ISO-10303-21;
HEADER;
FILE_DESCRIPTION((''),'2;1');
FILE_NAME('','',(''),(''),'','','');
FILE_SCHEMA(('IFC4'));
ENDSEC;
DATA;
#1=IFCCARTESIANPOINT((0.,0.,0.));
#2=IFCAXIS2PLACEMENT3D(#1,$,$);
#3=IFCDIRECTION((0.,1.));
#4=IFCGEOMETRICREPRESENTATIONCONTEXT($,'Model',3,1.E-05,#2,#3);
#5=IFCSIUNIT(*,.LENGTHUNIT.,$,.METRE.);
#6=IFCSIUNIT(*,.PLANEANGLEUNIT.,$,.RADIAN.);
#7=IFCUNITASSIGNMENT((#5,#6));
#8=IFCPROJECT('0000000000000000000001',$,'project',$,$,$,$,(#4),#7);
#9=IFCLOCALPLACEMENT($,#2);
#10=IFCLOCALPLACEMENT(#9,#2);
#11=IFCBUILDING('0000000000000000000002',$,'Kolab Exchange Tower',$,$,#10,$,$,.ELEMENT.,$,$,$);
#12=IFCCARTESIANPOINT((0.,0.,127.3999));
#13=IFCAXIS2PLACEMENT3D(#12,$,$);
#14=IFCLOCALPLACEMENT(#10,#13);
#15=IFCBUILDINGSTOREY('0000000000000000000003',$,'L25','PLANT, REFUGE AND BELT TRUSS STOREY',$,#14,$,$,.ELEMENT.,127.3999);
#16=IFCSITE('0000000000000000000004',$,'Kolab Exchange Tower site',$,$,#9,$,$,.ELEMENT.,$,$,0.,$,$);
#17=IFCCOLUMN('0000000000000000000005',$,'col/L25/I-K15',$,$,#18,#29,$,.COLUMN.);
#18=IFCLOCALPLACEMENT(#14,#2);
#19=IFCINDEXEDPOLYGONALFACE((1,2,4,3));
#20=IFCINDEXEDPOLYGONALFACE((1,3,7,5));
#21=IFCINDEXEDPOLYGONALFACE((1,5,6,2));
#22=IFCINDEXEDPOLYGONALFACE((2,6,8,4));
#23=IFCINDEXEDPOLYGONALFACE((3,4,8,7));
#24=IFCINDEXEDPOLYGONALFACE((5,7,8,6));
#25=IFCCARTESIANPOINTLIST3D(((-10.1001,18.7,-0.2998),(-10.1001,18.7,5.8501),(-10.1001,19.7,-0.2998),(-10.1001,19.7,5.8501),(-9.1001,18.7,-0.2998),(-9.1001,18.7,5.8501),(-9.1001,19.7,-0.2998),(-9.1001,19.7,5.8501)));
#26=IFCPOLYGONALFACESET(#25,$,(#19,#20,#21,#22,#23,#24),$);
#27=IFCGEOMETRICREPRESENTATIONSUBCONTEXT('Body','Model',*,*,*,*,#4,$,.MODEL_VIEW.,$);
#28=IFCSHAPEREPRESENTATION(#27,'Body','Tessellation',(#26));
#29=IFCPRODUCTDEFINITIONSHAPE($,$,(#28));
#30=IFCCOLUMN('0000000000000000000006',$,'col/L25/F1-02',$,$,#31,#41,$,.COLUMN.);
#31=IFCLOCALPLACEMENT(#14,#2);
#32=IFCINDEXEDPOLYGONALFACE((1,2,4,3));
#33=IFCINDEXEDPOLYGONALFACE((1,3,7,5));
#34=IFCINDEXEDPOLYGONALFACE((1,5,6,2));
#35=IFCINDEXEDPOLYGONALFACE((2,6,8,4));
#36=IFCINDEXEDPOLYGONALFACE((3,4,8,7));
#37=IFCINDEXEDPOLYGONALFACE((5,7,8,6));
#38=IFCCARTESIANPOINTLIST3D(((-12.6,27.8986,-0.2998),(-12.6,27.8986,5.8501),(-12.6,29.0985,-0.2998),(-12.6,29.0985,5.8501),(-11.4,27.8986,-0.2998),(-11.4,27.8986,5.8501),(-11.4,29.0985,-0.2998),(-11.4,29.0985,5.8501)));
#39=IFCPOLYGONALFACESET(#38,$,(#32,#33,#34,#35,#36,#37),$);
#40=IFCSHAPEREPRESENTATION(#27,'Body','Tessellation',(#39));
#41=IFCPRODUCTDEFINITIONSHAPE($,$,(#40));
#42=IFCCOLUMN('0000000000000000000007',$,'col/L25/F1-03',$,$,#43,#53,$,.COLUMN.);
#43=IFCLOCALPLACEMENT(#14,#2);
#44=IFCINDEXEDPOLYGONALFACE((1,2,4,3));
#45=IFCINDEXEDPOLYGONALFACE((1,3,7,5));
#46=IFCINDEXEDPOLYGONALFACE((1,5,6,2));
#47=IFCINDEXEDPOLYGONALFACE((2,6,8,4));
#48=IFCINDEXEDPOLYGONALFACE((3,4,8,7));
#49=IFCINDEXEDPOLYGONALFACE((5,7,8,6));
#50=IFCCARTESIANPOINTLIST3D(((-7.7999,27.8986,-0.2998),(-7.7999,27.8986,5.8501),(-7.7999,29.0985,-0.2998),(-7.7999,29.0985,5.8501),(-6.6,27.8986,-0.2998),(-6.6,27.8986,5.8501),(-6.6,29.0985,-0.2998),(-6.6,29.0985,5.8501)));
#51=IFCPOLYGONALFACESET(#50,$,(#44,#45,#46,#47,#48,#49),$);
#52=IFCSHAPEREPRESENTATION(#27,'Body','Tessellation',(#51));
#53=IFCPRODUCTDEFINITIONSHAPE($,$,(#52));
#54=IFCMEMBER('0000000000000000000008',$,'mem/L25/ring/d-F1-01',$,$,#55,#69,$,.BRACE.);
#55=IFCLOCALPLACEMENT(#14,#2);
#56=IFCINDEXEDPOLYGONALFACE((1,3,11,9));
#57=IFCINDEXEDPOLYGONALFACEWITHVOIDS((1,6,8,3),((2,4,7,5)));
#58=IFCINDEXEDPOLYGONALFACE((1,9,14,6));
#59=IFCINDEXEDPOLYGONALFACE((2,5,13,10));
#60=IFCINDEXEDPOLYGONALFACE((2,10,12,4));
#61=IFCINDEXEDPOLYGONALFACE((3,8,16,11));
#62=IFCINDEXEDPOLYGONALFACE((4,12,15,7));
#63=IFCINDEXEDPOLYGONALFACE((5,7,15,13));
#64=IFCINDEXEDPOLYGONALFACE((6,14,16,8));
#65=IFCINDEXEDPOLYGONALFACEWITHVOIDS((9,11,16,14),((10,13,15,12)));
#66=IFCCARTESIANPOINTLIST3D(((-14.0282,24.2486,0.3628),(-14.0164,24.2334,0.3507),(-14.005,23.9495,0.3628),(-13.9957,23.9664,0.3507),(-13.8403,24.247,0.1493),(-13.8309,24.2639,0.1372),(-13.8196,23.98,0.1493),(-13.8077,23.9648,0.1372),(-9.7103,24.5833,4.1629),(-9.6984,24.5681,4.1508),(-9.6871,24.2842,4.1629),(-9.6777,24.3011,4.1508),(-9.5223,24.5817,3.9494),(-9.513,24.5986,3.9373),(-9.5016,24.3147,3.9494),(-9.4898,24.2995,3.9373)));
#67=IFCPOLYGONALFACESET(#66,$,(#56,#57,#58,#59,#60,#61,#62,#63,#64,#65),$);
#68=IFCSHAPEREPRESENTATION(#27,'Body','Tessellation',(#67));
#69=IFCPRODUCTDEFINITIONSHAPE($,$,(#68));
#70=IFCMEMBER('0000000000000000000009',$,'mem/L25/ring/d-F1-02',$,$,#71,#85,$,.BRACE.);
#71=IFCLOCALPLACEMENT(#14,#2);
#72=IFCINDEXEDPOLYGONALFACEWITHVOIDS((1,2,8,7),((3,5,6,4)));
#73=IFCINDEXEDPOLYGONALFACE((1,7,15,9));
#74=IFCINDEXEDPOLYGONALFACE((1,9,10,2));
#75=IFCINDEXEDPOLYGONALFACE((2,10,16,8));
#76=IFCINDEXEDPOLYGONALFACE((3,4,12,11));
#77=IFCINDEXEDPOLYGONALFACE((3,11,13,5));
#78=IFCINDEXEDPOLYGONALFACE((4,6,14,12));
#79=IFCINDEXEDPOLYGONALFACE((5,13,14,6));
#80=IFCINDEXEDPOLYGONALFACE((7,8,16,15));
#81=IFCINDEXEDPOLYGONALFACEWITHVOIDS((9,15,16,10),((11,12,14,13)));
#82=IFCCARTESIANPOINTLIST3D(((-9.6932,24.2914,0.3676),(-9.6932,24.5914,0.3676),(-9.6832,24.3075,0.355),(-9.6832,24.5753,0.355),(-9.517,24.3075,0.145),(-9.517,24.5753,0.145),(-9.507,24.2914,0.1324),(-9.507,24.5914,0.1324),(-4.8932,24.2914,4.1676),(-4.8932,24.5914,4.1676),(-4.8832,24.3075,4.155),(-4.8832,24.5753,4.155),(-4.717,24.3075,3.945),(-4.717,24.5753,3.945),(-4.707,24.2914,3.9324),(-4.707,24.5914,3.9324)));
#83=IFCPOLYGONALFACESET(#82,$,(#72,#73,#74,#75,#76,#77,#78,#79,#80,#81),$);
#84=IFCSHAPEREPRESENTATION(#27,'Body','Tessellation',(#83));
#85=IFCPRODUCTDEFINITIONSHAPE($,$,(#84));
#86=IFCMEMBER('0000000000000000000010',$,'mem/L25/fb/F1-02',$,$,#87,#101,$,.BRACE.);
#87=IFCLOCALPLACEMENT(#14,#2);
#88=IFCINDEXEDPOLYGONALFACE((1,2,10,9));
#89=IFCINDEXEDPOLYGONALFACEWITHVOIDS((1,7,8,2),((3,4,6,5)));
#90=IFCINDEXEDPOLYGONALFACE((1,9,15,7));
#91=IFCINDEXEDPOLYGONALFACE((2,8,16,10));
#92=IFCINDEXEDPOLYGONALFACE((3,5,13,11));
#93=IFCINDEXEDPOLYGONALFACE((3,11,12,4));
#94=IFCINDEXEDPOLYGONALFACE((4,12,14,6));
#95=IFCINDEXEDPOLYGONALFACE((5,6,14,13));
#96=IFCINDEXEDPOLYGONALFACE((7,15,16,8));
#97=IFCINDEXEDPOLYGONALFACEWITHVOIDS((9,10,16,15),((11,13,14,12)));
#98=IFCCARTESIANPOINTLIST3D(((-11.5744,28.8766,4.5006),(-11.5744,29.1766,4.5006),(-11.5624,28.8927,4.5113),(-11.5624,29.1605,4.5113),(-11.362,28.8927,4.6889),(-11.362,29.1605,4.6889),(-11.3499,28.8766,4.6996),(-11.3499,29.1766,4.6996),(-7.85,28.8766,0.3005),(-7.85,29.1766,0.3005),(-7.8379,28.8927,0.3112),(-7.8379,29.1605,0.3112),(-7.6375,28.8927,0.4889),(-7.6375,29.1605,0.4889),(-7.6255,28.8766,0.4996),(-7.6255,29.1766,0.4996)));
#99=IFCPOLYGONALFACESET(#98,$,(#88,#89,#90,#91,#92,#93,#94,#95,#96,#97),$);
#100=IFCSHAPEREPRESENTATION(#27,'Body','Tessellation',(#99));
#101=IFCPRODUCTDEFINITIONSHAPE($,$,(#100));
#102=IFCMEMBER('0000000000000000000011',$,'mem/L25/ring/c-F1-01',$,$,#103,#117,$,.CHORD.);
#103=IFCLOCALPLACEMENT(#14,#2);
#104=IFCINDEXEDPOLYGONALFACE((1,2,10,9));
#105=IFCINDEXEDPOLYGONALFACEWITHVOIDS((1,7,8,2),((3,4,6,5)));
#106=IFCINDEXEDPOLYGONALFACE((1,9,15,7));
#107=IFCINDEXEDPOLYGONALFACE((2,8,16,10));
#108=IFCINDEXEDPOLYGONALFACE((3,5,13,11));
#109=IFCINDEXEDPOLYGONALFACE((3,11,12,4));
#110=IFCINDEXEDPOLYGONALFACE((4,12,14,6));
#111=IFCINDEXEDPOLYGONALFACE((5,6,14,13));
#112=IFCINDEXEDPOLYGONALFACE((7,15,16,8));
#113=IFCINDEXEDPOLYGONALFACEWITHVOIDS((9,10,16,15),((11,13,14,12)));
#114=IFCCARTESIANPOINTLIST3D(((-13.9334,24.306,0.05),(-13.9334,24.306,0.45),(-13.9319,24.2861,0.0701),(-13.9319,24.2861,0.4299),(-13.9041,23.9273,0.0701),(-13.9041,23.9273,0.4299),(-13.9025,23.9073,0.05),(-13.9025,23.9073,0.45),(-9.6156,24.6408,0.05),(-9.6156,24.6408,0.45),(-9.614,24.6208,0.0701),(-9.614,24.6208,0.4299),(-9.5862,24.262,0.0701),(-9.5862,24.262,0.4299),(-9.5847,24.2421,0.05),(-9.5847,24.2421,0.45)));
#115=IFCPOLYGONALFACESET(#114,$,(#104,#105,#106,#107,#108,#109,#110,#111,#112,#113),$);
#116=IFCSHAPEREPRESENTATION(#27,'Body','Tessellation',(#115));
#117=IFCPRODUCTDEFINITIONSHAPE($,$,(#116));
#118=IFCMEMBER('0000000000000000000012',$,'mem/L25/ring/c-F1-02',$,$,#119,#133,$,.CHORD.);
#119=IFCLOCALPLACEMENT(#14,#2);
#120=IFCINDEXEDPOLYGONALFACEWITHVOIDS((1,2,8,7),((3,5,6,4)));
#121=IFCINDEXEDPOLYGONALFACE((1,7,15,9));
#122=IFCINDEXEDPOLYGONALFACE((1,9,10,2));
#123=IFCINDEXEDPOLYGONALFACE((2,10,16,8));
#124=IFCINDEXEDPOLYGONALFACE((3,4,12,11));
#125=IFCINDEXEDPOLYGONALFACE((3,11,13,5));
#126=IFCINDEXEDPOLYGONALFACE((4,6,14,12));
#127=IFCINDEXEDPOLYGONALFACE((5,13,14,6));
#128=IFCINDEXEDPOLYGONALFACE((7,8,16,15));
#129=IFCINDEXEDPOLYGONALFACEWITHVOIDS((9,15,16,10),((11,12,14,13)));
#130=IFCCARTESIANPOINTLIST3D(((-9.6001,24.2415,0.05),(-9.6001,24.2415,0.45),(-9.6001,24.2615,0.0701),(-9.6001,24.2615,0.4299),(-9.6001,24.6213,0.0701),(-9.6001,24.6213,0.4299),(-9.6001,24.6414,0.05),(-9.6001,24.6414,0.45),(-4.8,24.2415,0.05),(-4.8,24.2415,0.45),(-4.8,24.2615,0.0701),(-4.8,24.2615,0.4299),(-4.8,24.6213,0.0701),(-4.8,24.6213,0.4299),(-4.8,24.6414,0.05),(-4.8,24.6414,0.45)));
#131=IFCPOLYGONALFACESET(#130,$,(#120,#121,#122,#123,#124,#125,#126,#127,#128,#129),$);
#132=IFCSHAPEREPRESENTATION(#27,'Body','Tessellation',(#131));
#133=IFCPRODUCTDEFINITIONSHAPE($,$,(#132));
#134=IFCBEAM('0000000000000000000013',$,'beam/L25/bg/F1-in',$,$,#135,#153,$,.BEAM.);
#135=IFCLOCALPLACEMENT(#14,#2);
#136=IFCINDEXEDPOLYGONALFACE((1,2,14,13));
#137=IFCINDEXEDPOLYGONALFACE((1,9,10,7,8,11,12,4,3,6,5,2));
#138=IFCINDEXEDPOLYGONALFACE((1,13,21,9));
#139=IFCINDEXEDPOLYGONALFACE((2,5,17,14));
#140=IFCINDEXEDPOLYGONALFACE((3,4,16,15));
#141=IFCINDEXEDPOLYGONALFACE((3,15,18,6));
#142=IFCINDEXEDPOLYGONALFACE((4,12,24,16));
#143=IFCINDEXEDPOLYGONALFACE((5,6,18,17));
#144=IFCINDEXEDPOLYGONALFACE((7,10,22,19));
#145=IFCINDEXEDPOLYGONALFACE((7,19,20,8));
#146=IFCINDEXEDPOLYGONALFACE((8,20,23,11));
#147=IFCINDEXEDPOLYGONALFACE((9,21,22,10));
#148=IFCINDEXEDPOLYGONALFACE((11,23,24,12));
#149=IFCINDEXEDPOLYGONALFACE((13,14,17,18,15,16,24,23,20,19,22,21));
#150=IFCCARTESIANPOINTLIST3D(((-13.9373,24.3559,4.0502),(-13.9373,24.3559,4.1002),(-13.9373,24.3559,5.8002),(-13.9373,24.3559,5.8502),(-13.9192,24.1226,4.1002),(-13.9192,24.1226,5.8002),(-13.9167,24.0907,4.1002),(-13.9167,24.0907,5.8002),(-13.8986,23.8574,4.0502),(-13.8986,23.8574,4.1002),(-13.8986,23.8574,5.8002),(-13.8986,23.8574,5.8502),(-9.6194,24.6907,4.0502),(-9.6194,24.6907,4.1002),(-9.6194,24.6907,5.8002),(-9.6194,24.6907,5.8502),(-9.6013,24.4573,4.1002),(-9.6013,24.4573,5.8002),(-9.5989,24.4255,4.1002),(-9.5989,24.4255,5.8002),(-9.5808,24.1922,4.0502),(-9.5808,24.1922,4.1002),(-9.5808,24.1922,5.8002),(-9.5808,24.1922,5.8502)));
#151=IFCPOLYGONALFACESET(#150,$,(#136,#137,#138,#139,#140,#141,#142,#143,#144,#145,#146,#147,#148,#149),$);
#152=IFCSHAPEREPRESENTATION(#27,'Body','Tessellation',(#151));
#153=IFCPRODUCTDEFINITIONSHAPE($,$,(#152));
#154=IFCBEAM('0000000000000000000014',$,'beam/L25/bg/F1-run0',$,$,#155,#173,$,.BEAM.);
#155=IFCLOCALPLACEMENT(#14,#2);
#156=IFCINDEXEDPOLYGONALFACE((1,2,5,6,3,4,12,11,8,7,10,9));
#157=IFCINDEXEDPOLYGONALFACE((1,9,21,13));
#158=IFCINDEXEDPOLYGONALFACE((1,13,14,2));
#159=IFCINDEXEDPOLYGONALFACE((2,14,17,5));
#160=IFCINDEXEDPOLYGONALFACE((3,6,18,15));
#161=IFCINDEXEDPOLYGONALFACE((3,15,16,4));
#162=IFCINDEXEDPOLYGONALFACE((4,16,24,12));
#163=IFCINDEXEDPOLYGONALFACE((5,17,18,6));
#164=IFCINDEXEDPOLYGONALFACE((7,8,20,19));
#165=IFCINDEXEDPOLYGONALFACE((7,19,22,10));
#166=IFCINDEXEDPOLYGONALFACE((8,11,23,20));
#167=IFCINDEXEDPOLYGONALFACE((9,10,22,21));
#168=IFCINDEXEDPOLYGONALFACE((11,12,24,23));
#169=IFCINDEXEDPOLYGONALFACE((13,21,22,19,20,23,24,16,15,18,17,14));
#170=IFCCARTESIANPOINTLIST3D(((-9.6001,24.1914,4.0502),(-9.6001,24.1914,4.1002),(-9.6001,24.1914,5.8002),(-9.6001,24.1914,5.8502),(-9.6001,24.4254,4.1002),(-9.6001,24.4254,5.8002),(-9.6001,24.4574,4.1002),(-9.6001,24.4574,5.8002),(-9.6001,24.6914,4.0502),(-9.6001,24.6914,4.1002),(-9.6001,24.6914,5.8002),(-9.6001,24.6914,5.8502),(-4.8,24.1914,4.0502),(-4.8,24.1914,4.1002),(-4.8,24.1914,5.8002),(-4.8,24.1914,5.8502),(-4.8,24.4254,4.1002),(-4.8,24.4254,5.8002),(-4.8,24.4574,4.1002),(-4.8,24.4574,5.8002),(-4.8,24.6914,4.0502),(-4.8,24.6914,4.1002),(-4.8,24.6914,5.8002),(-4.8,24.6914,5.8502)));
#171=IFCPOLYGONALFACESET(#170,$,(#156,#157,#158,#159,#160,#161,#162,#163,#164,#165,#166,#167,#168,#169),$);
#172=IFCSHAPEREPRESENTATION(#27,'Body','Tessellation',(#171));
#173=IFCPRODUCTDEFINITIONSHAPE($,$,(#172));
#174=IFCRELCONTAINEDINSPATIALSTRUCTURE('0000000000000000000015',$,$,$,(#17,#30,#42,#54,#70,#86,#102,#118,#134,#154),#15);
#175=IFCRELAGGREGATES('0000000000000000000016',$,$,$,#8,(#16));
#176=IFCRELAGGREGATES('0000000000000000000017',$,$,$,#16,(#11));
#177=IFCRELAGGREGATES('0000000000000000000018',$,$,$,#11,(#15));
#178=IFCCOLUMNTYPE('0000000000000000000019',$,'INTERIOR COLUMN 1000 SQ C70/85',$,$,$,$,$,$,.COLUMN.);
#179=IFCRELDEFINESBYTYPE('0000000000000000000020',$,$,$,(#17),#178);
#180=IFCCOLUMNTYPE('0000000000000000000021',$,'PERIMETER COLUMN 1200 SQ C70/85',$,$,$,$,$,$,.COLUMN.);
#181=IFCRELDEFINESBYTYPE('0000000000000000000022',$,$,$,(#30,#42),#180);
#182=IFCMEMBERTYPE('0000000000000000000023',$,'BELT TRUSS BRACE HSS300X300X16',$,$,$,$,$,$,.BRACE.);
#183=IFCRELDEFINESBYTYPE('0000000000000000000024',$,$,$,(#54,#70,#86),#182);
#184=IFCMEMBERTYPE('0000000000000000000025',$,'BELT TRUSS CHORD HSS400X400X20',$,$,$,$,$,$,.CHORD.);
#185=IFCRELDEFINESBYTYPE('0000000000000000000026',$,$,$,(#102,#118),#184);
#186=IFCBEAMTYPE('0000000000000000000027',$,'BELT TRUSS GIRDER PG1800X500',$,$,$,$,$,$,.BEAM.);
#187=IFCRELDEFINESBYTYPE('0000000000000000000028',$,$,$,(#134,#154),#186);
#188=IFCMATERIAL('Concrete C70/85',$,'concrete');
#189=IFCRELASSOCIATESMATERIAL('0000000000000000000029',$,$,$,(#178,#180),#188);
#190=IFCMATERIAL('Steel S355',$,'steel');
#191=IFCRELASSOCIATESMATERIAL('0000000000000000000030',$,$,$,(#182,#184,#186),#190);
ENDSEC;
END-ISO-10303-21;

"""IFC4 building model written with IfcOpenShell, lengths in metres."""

from ifc_helpers import new_model, si_unit, direction, frame, origin, origin_2d, place, context, subcontext, project, spatial, rectangle, hollow_rectangle, i_section, extrude, material, material_profile, profile_set, type_object, element, save


model = new_model("IFC4")

# Units and contexts
model_context = context("Model", 3, precision=1e-05, world=origin(), true_north=direction((0.0, 1.0)))
body_context = subcontext(model_context, "Body", "Model", "MODEL_VIEW")
ifc_project = project(units=[si_unit("LENGTHUNIT", "METRE"), si_unit("PLANEANGLEUNIT", "RADIAN")], contexts=[model_context])

# Site, building, storey
site_placement = place(None, origin())
site = spatial("IfcSite", under=ifc_project, at=site_placement, Name="Kolab Exchange Tower site", CompositionType="ELEMENT", RefElevation=0.0)
building_placement = place(site_placement, origin())
building = spatial("IfcBuilding", under=site, at=building_placement, Name="Kolab Exchange Tower", CompositionType="ELEMENT")
storey_placement = place(building_placement, frame((0.0, 0.0, 127.3999)))
storey = spatial("IfcBuildingStorey", under=building, at=storey_placement, Name="L25", Description="PLANT, REFUGE AND BELT TRUSS STOREY", CompositionType="ELEMENT", Elevation=127.3999)

# Columns
ifc_material_1 = material(Name="Concrete C70/85", Category="concrete")
ifc_material_profile_1 = material_profile(ifc_material_1, rectangle(XDim=1.0, YDim=1.0, at=origin_2d()), Name="RC1000")
ifc_profile_set_1 = profile_set([ifc_material_profile_1], Name="Concrete C70/85")
column_type_1 = type_object("IfcColumnType", Name="INTERIOR COLUMN 1000 SQ C70/85", PredefinedType="COLUMN", material=ifc_profile_set_1)
column_placement = place(storey_placement, frame((-9.6001, 19.2, -0.2998), z_axis=(0.0, 0.0, 1.0), x_axis=(1.0, 0.0, 0.0)))
element("IfcColumn", 1, at=column_placement, inside=storey, type_object=column_type_1, Name="col/L25/I-K15", PredefinedType="COLUMN", context=body_context, shape_type="SweptSolid", body=[
    extrude(rectangle(XDim=1.0, YDim=1.0, at=origin_2d()), origin(), (0.0, 0.0, 1.0), 6.1499),
])
ifc_material_profile_2 = material_profile(ifc_material_1, rectangle(XDim=1.2, YDim=1.2, at=origin_2d()), Name="RC1200")
ifc_profile_set_2 = profile_set([ifc_material_profile_2], Name="Concrete C70/85")
column_type_2 = type_object("IfcColumnType", Name="PERIMETER COLUMN 1200 SQ C70/85", PredefinedType="COLUMN", material=ifc_profile_set_2)
for number, where, z_axis, x_axis, name in (
    (2, (-12.0, 28.4985, -0.2998), (0.0, 0.0, 1.0), (1.0, 0.0, 0.0), "col/L25/F1-02"),
    (3, (-7.2, 28.4985, -0.2998), (0.0, 0.0, 1.0), (1.0, 0.0, 0.0), "col/L25/F1-03"),
):
    element("IfcColumn", number, at=place(storey_placement, frame(where, z_axis=z_axis, x_axis=x_axis)), inside=storey, type_object=column_type_2, Name=name, PredefinedType="COLUMN", context=body_context, shape_type="SweptSolid", body=[
        extrude(rectangle(XDim=1.2, YDim=1.2, at=origin_2d()), origin(), (0.0, 0.0, 1.0), 6.1499),
    ])

# Members
ifc_material_2 = material(Name="Steel S355", Category="steel")
ifc_material_profile_3 = material_profile(ifc_material_2, hollow_rectangle(XDim=0.3, YDim=0.3, WallThickness=0.0161, at=origin_2d()), Name="HSS300X300X16")
ifc_profile_set_3 = profile_set([ifc_material_profile_3], Name="Steel S355")
member_type_1 = type_object("IfcMemberType", Name="BELT TRUSS BRACE HSS300X300X16", PredefinedType="BRACE", material=ifc_profile_set_3)
member_1_placement = place(storey_placement, frame((-13.918, 24.1067, 0.25), z_axis=(0.749418, 0.058094, 0.659544), x_axis=(-0.077287, 0.997009, 0.0)))
element("IfcMember", 4, at=member_1_placement, inside=storey, type_object=member_type_1, Name="mem/L25/ring/d-F1-01", PredefinedType="BRACE", context=body_context, shape_type="SweptSolid", body=[
    extrude(hollow_rectangle(XDim=0.3, YDim=0.3, WallThickness=0.0161, at=origin_2d()), origin(), (0.0, 0.0, 1.0), 5.7617),
])
member_2_placement = place(storey_placement, frame((-9.6001, 24.4414, 0.25), z_axis=(0.784045, 0.0, 0.620704), x_axis=(0.0, 1.0, 0.0)))
element("IfcMember", 5, at=member_2_placement, inside=storey, type_object=member_type_1, Name="mem/L25/ring/d-F1-02", PredefinedType="BRACE", context=body_context, shape_type="SweptSolid", body=[
    extrude(hollow_rectangle(XDim=0.3, YDim=0.3, WallThickness=0.0161, at=origin_2d()), origin(), (0.0, 0.0, 1.0), 6.1221),
])
member_3_placement = place(storey_placement, frame((-11.4622, 29.0266, 4.6001), z_axis=(0.663475, 0.0, -0.748198), x_axis=(0.0, 1.0, 0.0)))
element("IfcMember", 6, at=member_3_placement, inside=storey, type_object=member_type_1, Name="mem/L25/fb/F1-02", PredefinedType="BRACE", context=body_context, shape_type="SweptSolid", body=[
    extrude(hollow_rectangle(XDim=0.3, YDim=0.3, WallThickness=0.0161, at=origin_2d()), origin(), (0.0, 0.0, 1.0), 5.6135),
])
ifc_material_profile_4 = material_profile(ifc_material_2, hollow_rectangle(XDim=0.3999, YDim=0.3999, WallThickness=0.02, at=origin_2d()), Name="HSS400X400X20")
ifc_profile_set_4 = profile_set([ifc_material_profile_4], Name="Steel S355")
member_type_2 = type_object("IfcMemberType", Name="BELT TRUSS CHORD HSS400X400X20", PredefinedType="CHORD", material=ifc_profile_set_4)
member_4_placement = place(storey_placement, frame((-13.918, 24.1067, 0.25), z_axis=(0.997009, 0.077287, 0.0), x_axis=(-0.077287, 0.997009, 0.0)))
element("IfcMember", 7, at=member_4_placement, inside=storey, type_object=member_type_2, Name="mem/L25/ring/c-F1-01", PredefinedType="CHORD", context=body_context, shape_type="SweptSolid", body=[
    extrude(hollow_rectangle(XDim=0.3999, YDim=0.3999, WallThickness=0.02, at=origin_2d()), origin(), (0.0, 0.0, 1.0), 4.3308),
])
member_5_placement = place(storey_placement, frame((-9.6001, 24.4414, 0.25), z_axis=(1.0, 0.0, 0.0), x_axis=(0.0, 1.0, 0.0)))
element("IfcMember", 8, at=member_5_placement, inside=storey, type_object=member_type_2, Name="mem/L25/ring/c-F1-02", PredefinedType="CHORD", context=body_context, shape_type="SweptSolid", body=[
    extrude(hollow_rectangle(XDim=0.3999, YDim=0.3999, WallThickness=0.02, at=origin_2d()), origin(), (0.0, 0.0, 1.0), 4.8),
])

# Beams
ifc_material_profile_5 = material_profile(ifc_material_2, i_section(OverallWidth=0.5, OverallDepth=1.8, WebThickness=0.032, FlangeThickness=0.05, at=origin_2d()), Name="PG1800X500")
ifc_profile_set_5 = profile_set([ifc_material_profile_5], Name="Steel S355")
beam_type_1 = type_object("IfcBeamType", Name="BELT TRUSS GIRDER PG1800X500", PredefinedType="BEAM", material=ifc_profile_set_5)
beam_1_placement = place(storey_placement, frame((-13.918, 24.1067, 4.9502), z_axis=(0.997009, 0.077287, 0.0), x_axis=(-0.077287, 0.997009, 0.0)))
element("IfcBeam", 9, at=beam_1_placement, inside=storey, type_object=beam_type_1, Name="beam/L25/bg/F1-in", PredefinedType="BEAM", context=body_context, shape_type="SweptSolid", body=[
    extrude(i_section(OverallWidth=0.5, OverallDepth=1.8, WebThickness=0.032, FlangeThickness=0.05, at=origin_2d()), origin(), (0.0, 0.0, 1.0), 4.3308),
])
beam_2_placement = place(storey_placement, frame((-9.6001, 24.4414, 4.9502), z_axis=(1.0, 0.0, 0.0), x_axis=(0.0, 1.0, 0.0)))
element("IfcBeam", 10, at=beam_2_placement, inside=storey, type_object=beam_type_1, Name="beam/L25/bg/F1-run0", PredefinedType="BEAM", context=body_context, shape_type="SweptSolid", body=[
    extrude(i_section(OverallWidth=0.5, OverallDepth=1.8, WebThickness=0.032, FlangeThickness=0.05, at=origin_2d()), origin(), (0.0, 0.0, 1.0), 4.8),
])

save(model, "model.ifc")
